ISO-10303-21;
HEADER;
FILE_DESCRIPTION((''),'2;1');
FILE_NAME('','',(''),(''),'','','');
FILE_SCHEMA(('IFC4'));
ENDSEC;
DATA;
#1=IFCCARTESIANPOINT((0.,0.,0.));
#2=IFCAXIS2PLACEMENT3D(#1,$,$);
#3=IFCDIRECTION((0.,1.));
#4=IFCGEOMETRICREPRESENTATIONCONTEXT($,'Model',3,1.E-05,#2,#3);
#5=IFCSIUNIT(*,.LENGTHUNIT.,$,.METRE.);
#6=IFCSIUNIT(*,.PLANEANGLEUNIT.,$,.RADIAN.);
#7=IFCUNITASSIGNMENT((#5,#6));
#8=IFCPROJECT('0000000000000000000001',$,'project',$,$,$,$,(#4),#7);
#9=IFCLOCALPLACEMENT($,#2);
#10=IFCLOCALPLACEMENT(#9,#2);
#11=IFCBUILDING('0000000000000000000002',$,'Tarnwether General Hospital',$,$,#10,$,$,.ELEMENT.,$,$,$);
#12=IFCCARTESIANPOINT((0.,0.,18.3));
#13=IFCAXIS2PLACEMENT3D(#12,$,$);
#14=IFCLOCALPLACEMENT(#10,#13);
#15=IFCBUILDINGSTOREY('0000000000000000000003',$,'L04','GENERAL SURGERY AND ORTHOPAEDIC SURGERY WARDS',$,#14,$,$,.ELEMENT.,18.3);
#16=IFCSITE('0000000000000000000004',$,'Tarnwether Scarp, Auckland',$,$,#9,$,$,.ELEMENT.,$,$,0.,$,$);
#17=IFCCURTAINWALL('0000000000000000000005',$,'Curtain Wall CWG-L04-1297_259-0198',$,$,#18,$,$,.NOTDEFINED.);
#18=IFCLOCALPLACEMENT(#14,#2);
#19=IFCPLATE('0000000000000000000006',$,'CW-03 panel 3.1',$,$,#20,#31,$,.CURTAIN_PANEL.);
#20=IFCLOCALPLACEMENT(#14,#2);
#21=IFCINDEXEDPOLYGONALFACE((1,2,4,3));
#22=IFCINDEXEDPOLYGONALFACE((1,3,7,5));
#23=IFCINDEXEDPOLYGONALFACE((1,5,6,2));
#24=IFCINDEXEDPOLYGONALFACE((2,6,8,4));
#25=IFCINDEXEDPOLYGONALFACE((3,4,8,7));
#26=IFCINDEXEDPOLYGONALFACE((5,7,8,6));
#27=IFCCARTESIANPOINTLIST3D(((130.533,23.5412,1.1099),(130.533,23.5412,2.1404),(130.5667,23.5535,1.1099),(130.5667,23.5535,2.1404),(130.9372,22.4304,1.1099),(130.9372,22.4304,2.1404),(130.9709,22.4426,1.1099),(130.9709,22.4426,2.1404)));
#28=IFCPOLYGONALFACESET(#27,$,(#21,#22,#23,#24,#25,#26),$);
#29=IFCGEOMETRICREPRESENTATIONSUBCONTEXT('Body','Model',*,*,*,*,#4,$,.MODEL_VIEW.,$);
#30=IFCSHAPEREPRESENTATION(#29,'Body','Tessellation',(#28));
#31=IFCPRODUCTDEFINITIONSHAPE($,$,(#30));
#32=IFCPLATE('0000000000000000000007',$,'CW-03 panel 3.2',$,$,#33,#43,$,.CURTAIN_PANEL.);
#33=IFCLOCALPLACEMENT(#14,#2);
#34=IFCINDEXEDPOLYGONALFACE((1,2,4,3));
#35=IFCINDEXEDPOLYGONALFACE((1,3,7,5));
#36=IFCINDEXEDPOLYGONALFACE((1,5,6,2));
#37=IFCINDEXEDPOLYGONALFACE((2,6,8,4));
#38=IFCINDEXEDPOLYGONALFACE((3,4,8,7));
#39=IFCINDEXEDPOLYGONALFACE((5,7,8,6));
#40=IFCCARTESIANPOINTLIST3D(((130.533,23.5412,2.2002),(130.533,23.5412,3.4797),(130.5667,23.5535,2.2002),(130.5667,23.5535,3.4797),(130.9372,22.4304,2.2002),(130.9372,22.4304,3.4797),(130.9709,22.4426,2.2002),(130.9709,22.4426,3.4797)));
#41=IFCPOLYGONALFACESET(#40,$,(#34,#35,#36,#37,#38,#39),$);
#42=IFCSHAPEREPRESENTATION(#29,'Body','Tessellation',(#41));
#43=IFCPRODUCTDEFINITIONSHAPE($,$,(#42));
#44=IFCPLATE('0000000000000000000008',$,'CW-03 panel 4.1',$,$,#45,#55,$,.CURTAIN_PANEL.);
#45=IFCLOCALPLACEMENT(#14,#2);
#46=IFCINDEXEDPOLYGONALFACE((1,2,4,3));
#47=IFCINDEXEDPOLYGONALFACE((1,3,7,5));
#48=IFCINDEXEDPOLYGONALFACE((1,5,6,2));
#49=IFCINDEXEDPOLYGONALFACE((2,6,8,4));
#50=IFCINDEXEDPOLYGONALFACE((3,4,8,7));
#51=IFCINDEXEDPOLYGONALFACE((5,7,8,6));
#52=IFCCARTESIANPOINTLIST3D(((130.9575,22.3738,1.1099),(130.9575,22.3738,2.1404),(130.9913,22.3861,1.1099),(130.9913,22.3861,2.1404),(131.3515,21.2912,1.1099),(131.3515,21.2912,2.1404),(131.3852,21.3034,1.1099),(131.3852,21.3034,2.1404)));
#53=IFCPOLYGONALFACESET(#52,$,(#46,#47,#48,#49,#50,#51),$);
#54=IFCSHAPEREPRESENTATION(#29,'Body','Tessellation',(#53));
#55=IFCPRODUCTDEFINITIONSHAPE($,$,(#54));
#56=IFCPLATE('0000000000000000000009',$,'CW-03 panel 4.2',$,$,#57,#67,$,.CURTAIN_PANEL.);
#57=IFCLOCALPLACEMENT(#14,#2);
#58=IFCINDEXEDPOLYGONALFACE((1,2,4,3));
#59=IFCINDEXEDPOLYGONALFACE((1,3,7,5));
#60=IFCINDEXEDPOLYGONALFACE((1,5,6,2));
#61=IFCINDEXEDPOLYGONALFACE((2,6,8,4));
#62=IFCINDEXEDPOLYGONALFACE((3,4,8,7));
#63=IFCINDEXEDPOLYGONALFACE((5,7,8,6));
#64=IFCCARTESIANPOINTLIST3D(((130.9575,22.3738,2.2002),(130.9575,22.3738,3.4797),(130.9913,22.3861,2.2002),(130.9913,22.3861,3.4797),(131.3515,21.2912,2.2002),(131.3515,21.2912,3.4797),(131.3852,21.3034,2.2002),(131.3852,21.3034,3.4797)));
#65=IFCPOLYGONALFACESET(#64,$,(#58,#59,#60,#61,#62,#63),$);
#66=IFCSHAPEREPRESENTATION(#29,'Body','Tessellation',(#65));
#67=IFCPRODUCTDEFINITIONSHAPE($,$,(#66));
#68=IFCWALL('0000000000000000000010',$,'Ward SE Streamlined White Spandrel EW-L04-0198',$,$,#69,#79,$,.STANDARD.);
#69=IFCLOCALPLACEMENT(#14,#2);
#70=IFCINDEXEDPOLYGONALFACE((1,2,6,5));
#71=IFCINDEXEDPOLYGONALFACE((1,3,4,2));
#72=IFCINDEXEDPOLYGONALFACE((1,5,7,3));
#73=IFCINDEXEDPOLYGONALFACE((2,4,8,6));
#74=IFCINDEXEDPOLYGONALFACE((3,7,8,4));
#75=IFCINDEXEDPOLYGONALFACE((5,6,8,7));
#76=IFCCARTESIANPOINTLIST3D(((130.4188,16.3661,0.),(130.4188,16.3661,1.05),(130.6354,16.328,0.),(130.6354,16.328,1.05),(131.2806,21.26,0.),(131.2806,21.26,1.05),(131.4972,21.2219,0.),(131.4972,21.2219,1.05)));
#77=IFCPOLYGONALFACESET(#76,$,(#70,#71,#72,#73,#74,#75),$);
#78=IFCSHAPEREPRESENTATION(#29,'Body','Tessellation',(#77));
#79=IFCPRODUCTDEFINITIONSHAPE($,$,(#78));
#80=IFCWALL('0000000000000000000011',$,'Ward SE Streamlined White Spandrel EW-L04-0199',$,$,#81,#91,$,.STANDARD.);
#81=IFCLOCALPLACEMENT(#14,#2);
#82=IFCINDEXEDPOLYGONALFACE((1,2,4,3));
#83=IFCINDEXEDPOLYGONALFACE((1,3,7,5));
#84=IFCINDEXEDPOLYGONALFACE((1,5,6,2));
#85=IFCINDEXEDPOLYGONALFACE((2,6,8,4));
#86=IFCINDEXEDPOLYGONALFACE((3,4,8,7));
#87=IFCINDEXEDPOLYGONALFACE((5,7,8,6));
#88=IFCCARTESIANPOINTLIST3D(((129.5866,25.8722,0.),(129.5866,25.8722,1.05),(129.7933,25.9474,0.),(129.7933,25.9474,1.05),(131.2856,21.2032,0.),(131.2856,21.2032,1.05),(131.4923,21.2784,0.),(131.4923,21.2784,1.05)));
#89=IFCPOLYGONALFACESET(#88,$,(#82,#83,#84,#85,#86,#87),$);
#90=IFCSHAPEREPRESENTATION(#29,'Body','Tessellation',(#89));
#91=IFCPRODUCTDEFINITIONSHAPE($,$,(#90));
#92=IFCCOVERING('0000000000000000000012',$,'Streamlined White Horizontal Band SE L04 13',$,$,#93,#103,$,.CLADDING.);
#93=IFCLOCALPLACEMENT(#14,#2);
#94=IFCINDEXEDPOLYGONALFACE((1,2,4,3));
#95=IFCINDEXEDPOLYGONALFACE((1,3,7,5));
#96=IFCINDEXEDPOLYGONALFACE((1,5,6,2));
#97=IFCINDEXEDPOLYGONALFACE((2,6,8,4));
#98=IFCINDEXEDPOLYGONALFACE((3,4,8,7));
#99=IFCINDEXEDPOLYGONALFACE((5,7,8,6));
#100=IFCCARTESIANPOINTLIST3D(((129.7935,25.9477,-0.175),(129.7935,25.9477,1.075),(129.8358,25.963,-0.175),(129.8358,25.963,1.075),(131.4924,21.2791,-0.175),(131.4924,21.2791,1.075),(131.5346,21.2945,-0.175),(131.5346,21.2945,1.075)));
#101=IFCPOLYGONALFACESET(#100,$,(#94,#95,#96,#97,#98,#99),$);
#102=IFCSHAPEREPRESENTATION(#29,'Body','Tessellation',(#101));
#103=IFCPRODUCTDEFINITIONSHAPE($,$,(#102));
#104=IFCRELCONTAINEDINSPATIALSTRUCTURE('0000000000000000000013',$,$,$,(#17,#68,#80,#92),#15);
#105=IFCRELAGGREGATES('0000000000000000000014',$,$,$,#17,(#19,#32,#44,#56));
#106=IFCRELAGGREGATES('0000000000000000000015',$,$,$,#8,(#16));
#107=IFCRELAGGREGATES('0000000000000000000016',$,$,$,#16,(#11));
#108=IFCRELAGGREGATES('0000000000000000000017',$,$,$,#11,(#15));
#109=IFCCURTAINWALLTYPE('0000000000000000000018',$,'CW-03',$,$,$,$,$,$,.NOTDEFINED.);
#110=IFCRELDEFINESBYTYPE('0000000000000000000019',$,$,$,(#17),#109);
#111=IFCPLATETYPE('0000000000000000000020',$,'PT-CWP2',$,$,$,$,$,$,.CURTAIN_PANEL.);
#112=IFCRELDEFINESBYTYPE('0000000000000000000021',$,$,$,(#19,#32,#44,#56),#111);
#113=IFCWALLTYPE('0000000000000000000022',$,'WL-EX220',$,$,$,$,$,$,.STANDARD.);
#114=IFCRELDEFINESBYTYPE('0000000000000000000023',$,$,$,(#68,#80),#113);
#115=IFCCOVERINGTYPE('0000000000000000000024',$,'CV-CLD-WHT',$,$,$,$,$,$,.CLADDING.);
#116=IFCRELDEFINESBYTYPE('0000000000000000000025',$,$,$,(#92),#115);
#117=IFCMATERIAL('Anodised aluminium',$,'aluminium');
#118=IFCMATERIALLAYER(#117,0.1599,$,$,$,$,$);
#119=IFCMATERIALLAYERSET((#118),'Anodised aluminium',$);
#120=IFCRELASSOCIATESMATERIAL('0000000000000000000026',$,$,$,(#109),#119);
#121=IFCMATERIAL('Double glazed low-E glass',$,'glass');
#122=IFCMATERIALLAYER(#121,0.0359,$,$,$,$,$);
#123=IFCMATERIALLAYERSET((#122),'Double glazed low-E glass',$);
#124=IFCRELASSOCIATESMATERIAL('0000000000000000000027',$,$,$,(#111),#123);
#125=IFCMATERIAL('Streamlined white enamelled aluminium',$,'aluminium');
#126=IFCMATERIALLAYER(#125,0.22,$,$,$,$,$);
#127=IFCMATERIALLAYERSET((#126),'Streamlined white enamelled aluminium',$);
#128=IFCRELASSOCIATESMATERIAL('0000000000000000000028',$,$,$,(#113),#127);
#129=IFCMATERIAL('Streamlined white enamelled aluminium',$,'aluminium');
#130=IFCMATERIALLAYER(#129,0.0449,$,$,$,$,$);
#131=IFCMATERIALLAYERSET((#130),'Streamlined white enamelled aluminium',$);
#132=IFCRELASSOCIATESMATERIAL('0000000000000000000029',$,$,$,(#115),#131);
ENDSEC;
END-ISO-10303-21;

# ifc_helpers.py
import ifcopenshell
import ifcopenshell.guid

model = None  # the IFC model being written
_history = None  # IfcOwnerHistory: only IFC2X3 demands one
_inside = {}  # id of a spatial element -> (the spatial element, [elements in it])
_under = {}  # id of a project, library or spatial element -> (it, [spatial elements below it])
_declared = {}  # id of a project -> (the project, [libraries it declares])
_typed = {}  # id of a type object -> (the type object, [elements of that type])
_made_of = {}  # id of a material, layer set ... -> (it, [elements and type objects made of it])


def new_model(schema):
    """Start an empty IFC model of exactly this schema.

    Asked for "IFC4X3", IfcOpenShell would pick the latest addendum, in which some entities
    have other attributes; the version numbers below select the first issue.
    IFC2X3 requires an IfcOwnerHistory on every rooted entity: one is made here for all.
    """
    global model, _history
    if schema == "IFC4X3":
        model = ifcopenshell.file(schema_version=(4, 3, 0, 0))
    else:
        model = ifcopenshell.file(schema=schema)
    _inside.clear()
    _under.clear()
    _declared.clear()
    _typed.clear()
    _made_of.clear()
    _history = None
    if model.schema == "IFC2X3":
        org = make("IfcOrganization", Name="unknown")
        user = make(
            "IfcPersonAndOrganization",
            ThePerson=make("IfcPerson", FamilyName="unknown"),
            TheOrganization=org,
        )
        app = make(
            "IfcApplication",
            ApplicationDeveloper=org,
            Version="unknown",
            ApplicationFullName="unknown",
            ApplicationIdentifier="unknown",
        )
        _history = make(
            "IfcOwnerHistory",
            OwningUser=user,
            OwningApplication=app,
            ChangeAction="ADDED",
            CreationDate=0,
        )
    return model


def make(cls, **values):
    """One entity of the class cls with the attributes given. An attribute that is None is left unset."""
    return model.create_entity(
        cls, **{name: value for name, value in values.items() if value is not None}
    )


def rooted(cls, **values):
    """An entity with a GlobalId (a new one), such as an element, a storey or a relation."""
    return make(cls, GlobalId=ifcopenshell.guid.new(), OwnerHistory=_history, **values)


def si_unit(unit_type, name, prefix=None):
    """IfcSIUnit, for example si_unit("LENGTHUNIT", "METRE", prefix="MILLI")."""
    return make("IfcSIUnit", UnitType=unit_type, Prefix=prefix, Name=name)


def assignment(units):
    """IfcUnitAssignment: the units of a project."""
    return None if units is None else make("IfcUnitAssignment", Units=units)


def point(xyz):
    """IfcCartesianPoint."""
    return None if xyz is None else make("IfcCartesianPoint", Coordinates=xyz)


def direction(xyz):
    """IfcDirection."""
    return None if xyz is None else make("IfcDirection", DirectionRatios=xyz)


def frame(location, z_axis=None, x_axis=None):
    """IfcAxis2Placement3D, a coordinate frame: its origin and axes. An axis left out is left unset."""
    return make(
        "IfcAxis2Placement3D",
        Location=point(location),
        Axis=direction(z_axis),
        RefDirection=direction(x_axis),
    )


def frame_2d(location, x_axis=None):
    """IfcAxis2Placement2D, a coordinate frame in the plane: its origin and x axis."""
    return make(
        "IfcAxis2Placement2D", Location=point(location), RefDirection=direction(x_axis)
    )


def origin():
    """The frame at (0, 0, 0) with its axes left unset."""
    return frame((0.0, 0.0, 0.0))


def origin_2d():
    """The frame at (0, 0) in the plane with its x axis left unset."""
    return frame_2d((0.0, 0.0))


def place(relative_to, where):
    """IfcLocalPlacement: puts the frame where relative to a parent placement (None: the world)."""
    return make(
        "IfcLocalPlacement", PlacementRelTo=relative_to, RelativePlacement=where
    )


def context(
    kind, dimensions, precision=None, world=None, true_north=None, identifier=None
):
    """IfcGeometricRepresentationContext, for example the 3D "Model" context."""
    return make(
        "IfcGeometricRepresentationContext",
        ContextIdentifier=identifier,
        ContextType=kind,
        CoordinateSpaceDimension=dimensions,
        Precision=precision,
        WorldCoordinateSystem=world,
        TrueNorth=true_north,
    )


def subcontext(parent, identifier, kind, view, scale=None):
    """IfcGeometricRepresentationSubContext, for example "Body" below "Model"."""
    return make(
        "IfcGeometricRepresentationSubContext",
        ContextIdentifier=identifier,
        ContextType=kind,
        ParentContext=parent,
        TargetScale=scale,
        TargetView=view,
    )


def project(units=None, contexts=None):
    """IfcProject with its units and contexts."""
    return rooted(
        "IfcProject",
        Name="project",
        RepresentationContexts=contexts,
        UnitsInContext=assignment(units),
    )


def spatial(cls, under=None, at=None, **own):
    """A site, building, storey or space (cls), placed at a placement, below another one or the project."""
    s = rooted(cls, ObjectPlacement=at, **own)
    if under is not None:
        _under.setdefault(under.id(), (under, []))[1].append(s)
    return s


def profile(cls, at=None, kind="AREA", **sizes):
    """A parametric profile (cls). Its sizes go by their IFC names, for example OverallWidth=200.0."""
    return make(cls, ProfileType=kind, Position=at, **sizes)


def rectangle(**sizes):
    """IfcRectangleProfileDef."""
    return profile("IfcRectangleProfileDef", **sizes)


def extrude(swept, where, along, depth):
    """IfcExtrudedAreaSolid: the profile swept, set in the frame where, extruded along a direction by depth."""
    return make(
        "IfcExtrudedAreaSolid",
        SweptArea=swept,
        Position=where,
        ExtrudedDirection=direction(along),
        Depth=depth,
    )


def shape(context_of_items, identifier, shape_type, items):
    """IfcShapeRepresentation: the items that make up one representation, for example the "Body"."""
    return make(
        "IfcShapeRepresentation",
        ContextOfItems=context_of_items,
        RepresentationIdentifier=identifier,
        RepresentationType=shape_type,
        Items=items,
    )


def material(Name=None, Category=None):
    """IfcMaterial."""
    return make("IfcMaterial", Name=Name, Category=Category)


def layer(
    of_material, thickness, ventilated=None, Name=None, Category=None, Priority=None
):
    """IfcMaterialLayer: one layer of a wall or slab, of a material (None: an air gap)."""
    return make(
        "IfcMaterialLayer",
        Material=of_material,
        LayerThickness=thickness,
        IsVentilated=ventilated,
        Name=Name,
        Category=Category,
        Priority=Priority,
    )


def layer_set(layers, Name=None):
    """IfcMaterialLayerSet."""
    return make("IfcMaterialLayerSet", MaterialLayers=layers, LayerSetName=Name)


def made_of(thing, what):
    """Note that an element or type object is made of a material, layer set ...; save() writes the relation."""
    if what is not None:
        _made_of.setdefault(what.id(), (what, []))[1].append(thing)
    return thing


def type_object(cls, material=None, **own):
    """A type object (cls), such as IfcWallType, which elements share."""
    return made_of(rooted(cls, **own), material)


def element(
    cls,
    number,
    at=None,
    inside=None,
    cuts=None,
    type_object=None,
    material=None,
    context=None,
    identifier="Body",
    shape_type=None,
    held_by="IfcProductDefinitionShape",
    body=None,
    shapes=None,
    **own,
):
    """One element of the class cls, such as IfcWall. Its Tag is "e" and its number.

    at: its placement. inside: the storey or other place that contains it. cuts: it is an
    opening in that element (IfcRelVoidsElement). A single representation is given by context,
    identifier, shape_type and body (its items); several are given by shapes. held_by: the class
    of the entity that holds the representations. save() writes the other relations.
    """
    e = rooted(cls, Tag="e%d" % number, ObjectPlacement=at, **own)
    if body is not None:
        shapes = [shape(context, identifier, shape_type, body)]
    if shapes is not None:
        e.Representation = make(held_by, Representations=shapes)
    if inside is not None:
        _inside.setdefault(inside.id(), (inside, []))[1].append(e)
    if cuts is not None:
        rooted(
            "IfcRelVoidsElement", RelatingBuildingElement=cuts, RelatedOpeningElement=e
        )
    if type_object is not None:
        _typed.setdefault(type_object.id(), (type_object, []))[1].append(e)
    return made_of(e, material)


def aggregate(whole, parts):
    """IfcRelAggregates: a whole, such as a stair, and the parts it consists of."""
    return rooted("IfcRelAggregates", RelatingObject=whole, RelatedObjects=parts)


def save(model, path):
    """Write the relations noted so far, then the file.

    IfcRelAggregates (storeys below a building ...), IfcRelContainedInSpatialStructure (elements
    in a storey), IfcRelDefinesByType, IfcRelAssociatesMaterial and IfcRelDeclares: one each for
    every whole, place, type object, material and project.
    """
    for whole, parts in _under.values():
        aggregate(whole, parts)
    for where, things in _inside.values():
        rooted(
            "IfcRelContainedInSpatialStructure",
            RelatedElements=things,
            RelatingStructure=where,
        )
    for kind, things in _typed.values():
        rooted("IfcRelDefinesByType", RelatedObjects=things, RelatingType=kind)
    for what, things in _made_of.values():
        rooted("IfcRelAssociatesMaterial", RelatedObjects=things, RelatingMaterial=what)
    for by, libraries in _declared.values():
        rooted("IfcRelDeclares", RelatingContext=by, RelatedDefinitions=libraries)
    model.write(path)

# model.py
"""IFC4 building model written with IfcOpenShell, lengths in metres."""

from ifc_helpers import new_model, si_unit, direction, frame, frame_2d, origin, origin_2d, place, context, subcontext, project, spatial, rectangle, extrude, material, layer, layer_set, type_object, element, aggregate, save


model = new_model("IFC4")

# Units and contexts
model_context = context("Model", 3, precision=1e-05, world=origin(), true_north=direction((0.0, 1.0)))
body_context = subcontext(model_context, "Body", "Model", "MODEL_VIEW")
ifc_project = project(units=[si_unit("LENGTHUNIT", "METRE"), si_unit("PLANEANGLEUNIT", "RADIAN")], contexts=[model_context])

# Site, building, storey
site_placement = place(None, origin())
site = spatial("IfcSite", under=ifc_project, at=site_placement, Name="Tarnwether Scarp, Auckland", CompositionType="ELEMENT", RefElevation=0.0)
building_placement = place(site_placement, origin())
building = spatial("IfcBuilding", under=site, at=building_placement, Name="Tarnwether General Hospital", CompositionType="ELEMENT")
storey_placement = place(building_placement, frame((0.0, 0.0, 18.3)))
storey = spatial("IfcBuildingStorey", under=building, at=storey_placement, Name="L04", Description="GENERAL SURGERY AND ORTHOPAEDIC SURGERY WARDS", CompositionType="ELEMENT", Elevation=18.3)

# Curtain wall
ifc_material_1 = material(Name="Anodised aluminium", Category="aluminium")
ifc_layer_1 = layer(ifc_material_1, 0.1599)
ifc_layer_set_1 = layer_set([ifc_layer_1], Name="Anodised aluminium")
curtain_wall_type = type_object("IfcCurtainWallType", Name="CW-03", PredefinedType="NOTDEFINED", material=ifc_layer_set_1)
curtain_wall_1_placement = place(storey_placement, origin())
curtain_wall_1 = element("IfcCurtainWall", 1, at=curtain_wall_1_placement, inside=storey, type_object=curtain_wall_type, Name="Curtain Wall CWG-L04-1297_259-0198", PredefinedType="NOTDEFINED")

# Plates
ifc_material_2 = material(Name="Double glazed low-E glass", Category="glass")
ifc_layer_2 = layer(ifc_material_2, 0.0359)
ifc_layer_set_2 = layer_set([ifc_layer_2], Name="Double glazed low-E glass")
plate_type_1 = type_object("IfcPlateType", Name="PT-CWP2", PredefinedType="CURTAIN_PANEL", material=ifc_layer_set_2)
plate_1_placement = place(storey_placement, frame((130.752, 22.9919, 1.1099), z_axis=(0.0, 0.0, 1.0), x_axis=(0.341953, -0.939717, 0.0)))
plate_1 = element("IfcPlate", 2, at=plate_1_placement, type_object=plate_type_1, Name="CW-03 panel 3.1", PredefinedType="CURTAIN_PANEL", context=body_context, shape_type="SweptSolid", body=[
    extrude(rectangle(XDim=1.1821, YDim=0.0359, at=origin_2d()), origin(), (0.0, 0.0, 1.0), 1.0305),
])
plate_2_placement = place(storey_placement, frame((130.752, 22.9919, 2.2002), z_axis=(0.0, 0.0, 1.0), x_axis=(0.341953, -0.939717, 0.0)))
plate_2 = element("IfcPlate", 3, at=plate_2_placement, type_object=plate_type_1, Name="CW-03 panel 3.2", PredefinedType="CURTAIN_PANEL", context=body_context, shape_type="SweptSolid", body=[
    extrude(rectangle(XDim=1.1821, YDim=0.0359, at=origin_2d()), origin(), (0.0, 0.0, 1.0), 1.2795),
])
plate_3_placement = place(storey_placement, frame((131.1714, 21.8386, 1.1099), z_axis=(0.0, 0.0, 1.0), x_axis=(0.341953, -0.939717, 0.0)))
plate_3 = element("IfcPlate", 4, at=plate_3_placement, type_object=plate_type_1, Name="CW-03 panel 4.1", PredefinedType="CURTAIN_PANEL", context=body_context, shape_type="SweptSolid", body=[
    extrude(rectangle(XDim=1.1521, YDim=0.0359, at=origin_2d()), origin(), (0.0, 0.0, 1.0), 1.0305),
])
plate_4_placement = place(storey_placement, frame((131.1714, 21.8386, 2.2002), z_axis=(0.0, 0.0, 1.0), x_axis=(0.341953, -0.939717, 0.0)))
plate_4 = element("IfcPlate", 5, at=plate_4_placement, type_object=plate_type_1, Name="CW-03 panel 4.2", PredefinedType="CURTAIN_PANEL", context=body_context, shape_type="SweptSolid", body=[
    extrude(rectangle(XDim=1.1521, YDim=0.0359, at=origin_2d()), origin(), (0.0, 0.0, 1.0), 1.2795),
])
aggregate(curtain_wall_1, [plate_1, plate_2, plate_3, plate_4])

# Walls
ifc_material_3 = material(Name="Streamlined white enamelled aluminium", Category="aluminium")
ifc_layer_3 = layer(ifc_material_3, 0.22)
ifc_layer_set_3 = layer_set([ifc_layer_3], Name="Streamlined white enamelled aluminium")
wall_type = type_object("IfcWallType", Name="WL-EX220", PredefinedType="STANDARD", material=ifc_layer_set_3)
wall_1_placement = place(storey_placement, frame((131.3889, 21.241, 0.0), z_axis=(0.0, 0.0, 1.0), x_axis=(-0.173427, -0.984847, 0.0)))
element("IfcWall", 6, at=wall_1_placement, inside=storey, type_object=wall_type, Name="Ward SE Streamlined White Spandrel EW-L04-0198", PredefinedType="STANDARD", context=body_context, shape_type="SweptSolid", body=[
    extrude(rectangle(XDim=4.9692, YDim=0.22, at=frame_2d((2.4846, 0.0))), origin(), (0.0, 0.0, 1.0), 1.05),
])
wall_2_placement = place(storey_placement, frame((129.6899, 25.9099, 0.0), z_axis=(0.0, 0.0, 1.0), x_axis=(0.341952, -0.939717, 0.0)))
element("IfcWall", 7, at=wall_2_placement, inside=storey, type_object=wall_type, Name="Ward SE Streamlined White Spandrel EW-L04-0199", PredefinedType="STANDARD", context=body_context, shape_type="SweptSolid", body=[
    extrude(rectangle(XDim=4.9685, YDim=0.22, at=frame_2d((2.4844, 0.0))), origin(), (0.0, 0.0, 1.0), 1.05),
])

# Covering
ifc_material_4 = material(Name="Streamlined white enamelled aluminium", Category="aluminium")
ifc_layer_4 = layer(ifc_material_4, 0.0449)
ifc_layer_set_4 = layer_set([ifc_layer_4], Name="Streamlined white enamelled aluminium")
covering_type = type_object("IfcCoveringType", Name="CV-CLD-WHT", PredefinedType="CLADDING", material=ifc_layer_set_4)
covering_placement = place(storey_placement, frame((130.6641, 23.6211, -0.175), z_axis=(0.0, 0.0, 1.0), x_axis=(0.341955, -0.939716, 0.0)))
element("IfcCovering", 8, at=covering_placement, inside=storey, type_object=covering_type, Name="Streamlined White Horizontal Band SE L04 13", PredefinedType="CLADDING", context=body_context, shape_type="SweptSolid", body=[
    extrude(rectangle(XDim=4.968, YDim=0.0449, at=origin_2d()), origin(), (0.0, 0.0, 1.0), 1.25),
])

save(model, "model.ifc")
